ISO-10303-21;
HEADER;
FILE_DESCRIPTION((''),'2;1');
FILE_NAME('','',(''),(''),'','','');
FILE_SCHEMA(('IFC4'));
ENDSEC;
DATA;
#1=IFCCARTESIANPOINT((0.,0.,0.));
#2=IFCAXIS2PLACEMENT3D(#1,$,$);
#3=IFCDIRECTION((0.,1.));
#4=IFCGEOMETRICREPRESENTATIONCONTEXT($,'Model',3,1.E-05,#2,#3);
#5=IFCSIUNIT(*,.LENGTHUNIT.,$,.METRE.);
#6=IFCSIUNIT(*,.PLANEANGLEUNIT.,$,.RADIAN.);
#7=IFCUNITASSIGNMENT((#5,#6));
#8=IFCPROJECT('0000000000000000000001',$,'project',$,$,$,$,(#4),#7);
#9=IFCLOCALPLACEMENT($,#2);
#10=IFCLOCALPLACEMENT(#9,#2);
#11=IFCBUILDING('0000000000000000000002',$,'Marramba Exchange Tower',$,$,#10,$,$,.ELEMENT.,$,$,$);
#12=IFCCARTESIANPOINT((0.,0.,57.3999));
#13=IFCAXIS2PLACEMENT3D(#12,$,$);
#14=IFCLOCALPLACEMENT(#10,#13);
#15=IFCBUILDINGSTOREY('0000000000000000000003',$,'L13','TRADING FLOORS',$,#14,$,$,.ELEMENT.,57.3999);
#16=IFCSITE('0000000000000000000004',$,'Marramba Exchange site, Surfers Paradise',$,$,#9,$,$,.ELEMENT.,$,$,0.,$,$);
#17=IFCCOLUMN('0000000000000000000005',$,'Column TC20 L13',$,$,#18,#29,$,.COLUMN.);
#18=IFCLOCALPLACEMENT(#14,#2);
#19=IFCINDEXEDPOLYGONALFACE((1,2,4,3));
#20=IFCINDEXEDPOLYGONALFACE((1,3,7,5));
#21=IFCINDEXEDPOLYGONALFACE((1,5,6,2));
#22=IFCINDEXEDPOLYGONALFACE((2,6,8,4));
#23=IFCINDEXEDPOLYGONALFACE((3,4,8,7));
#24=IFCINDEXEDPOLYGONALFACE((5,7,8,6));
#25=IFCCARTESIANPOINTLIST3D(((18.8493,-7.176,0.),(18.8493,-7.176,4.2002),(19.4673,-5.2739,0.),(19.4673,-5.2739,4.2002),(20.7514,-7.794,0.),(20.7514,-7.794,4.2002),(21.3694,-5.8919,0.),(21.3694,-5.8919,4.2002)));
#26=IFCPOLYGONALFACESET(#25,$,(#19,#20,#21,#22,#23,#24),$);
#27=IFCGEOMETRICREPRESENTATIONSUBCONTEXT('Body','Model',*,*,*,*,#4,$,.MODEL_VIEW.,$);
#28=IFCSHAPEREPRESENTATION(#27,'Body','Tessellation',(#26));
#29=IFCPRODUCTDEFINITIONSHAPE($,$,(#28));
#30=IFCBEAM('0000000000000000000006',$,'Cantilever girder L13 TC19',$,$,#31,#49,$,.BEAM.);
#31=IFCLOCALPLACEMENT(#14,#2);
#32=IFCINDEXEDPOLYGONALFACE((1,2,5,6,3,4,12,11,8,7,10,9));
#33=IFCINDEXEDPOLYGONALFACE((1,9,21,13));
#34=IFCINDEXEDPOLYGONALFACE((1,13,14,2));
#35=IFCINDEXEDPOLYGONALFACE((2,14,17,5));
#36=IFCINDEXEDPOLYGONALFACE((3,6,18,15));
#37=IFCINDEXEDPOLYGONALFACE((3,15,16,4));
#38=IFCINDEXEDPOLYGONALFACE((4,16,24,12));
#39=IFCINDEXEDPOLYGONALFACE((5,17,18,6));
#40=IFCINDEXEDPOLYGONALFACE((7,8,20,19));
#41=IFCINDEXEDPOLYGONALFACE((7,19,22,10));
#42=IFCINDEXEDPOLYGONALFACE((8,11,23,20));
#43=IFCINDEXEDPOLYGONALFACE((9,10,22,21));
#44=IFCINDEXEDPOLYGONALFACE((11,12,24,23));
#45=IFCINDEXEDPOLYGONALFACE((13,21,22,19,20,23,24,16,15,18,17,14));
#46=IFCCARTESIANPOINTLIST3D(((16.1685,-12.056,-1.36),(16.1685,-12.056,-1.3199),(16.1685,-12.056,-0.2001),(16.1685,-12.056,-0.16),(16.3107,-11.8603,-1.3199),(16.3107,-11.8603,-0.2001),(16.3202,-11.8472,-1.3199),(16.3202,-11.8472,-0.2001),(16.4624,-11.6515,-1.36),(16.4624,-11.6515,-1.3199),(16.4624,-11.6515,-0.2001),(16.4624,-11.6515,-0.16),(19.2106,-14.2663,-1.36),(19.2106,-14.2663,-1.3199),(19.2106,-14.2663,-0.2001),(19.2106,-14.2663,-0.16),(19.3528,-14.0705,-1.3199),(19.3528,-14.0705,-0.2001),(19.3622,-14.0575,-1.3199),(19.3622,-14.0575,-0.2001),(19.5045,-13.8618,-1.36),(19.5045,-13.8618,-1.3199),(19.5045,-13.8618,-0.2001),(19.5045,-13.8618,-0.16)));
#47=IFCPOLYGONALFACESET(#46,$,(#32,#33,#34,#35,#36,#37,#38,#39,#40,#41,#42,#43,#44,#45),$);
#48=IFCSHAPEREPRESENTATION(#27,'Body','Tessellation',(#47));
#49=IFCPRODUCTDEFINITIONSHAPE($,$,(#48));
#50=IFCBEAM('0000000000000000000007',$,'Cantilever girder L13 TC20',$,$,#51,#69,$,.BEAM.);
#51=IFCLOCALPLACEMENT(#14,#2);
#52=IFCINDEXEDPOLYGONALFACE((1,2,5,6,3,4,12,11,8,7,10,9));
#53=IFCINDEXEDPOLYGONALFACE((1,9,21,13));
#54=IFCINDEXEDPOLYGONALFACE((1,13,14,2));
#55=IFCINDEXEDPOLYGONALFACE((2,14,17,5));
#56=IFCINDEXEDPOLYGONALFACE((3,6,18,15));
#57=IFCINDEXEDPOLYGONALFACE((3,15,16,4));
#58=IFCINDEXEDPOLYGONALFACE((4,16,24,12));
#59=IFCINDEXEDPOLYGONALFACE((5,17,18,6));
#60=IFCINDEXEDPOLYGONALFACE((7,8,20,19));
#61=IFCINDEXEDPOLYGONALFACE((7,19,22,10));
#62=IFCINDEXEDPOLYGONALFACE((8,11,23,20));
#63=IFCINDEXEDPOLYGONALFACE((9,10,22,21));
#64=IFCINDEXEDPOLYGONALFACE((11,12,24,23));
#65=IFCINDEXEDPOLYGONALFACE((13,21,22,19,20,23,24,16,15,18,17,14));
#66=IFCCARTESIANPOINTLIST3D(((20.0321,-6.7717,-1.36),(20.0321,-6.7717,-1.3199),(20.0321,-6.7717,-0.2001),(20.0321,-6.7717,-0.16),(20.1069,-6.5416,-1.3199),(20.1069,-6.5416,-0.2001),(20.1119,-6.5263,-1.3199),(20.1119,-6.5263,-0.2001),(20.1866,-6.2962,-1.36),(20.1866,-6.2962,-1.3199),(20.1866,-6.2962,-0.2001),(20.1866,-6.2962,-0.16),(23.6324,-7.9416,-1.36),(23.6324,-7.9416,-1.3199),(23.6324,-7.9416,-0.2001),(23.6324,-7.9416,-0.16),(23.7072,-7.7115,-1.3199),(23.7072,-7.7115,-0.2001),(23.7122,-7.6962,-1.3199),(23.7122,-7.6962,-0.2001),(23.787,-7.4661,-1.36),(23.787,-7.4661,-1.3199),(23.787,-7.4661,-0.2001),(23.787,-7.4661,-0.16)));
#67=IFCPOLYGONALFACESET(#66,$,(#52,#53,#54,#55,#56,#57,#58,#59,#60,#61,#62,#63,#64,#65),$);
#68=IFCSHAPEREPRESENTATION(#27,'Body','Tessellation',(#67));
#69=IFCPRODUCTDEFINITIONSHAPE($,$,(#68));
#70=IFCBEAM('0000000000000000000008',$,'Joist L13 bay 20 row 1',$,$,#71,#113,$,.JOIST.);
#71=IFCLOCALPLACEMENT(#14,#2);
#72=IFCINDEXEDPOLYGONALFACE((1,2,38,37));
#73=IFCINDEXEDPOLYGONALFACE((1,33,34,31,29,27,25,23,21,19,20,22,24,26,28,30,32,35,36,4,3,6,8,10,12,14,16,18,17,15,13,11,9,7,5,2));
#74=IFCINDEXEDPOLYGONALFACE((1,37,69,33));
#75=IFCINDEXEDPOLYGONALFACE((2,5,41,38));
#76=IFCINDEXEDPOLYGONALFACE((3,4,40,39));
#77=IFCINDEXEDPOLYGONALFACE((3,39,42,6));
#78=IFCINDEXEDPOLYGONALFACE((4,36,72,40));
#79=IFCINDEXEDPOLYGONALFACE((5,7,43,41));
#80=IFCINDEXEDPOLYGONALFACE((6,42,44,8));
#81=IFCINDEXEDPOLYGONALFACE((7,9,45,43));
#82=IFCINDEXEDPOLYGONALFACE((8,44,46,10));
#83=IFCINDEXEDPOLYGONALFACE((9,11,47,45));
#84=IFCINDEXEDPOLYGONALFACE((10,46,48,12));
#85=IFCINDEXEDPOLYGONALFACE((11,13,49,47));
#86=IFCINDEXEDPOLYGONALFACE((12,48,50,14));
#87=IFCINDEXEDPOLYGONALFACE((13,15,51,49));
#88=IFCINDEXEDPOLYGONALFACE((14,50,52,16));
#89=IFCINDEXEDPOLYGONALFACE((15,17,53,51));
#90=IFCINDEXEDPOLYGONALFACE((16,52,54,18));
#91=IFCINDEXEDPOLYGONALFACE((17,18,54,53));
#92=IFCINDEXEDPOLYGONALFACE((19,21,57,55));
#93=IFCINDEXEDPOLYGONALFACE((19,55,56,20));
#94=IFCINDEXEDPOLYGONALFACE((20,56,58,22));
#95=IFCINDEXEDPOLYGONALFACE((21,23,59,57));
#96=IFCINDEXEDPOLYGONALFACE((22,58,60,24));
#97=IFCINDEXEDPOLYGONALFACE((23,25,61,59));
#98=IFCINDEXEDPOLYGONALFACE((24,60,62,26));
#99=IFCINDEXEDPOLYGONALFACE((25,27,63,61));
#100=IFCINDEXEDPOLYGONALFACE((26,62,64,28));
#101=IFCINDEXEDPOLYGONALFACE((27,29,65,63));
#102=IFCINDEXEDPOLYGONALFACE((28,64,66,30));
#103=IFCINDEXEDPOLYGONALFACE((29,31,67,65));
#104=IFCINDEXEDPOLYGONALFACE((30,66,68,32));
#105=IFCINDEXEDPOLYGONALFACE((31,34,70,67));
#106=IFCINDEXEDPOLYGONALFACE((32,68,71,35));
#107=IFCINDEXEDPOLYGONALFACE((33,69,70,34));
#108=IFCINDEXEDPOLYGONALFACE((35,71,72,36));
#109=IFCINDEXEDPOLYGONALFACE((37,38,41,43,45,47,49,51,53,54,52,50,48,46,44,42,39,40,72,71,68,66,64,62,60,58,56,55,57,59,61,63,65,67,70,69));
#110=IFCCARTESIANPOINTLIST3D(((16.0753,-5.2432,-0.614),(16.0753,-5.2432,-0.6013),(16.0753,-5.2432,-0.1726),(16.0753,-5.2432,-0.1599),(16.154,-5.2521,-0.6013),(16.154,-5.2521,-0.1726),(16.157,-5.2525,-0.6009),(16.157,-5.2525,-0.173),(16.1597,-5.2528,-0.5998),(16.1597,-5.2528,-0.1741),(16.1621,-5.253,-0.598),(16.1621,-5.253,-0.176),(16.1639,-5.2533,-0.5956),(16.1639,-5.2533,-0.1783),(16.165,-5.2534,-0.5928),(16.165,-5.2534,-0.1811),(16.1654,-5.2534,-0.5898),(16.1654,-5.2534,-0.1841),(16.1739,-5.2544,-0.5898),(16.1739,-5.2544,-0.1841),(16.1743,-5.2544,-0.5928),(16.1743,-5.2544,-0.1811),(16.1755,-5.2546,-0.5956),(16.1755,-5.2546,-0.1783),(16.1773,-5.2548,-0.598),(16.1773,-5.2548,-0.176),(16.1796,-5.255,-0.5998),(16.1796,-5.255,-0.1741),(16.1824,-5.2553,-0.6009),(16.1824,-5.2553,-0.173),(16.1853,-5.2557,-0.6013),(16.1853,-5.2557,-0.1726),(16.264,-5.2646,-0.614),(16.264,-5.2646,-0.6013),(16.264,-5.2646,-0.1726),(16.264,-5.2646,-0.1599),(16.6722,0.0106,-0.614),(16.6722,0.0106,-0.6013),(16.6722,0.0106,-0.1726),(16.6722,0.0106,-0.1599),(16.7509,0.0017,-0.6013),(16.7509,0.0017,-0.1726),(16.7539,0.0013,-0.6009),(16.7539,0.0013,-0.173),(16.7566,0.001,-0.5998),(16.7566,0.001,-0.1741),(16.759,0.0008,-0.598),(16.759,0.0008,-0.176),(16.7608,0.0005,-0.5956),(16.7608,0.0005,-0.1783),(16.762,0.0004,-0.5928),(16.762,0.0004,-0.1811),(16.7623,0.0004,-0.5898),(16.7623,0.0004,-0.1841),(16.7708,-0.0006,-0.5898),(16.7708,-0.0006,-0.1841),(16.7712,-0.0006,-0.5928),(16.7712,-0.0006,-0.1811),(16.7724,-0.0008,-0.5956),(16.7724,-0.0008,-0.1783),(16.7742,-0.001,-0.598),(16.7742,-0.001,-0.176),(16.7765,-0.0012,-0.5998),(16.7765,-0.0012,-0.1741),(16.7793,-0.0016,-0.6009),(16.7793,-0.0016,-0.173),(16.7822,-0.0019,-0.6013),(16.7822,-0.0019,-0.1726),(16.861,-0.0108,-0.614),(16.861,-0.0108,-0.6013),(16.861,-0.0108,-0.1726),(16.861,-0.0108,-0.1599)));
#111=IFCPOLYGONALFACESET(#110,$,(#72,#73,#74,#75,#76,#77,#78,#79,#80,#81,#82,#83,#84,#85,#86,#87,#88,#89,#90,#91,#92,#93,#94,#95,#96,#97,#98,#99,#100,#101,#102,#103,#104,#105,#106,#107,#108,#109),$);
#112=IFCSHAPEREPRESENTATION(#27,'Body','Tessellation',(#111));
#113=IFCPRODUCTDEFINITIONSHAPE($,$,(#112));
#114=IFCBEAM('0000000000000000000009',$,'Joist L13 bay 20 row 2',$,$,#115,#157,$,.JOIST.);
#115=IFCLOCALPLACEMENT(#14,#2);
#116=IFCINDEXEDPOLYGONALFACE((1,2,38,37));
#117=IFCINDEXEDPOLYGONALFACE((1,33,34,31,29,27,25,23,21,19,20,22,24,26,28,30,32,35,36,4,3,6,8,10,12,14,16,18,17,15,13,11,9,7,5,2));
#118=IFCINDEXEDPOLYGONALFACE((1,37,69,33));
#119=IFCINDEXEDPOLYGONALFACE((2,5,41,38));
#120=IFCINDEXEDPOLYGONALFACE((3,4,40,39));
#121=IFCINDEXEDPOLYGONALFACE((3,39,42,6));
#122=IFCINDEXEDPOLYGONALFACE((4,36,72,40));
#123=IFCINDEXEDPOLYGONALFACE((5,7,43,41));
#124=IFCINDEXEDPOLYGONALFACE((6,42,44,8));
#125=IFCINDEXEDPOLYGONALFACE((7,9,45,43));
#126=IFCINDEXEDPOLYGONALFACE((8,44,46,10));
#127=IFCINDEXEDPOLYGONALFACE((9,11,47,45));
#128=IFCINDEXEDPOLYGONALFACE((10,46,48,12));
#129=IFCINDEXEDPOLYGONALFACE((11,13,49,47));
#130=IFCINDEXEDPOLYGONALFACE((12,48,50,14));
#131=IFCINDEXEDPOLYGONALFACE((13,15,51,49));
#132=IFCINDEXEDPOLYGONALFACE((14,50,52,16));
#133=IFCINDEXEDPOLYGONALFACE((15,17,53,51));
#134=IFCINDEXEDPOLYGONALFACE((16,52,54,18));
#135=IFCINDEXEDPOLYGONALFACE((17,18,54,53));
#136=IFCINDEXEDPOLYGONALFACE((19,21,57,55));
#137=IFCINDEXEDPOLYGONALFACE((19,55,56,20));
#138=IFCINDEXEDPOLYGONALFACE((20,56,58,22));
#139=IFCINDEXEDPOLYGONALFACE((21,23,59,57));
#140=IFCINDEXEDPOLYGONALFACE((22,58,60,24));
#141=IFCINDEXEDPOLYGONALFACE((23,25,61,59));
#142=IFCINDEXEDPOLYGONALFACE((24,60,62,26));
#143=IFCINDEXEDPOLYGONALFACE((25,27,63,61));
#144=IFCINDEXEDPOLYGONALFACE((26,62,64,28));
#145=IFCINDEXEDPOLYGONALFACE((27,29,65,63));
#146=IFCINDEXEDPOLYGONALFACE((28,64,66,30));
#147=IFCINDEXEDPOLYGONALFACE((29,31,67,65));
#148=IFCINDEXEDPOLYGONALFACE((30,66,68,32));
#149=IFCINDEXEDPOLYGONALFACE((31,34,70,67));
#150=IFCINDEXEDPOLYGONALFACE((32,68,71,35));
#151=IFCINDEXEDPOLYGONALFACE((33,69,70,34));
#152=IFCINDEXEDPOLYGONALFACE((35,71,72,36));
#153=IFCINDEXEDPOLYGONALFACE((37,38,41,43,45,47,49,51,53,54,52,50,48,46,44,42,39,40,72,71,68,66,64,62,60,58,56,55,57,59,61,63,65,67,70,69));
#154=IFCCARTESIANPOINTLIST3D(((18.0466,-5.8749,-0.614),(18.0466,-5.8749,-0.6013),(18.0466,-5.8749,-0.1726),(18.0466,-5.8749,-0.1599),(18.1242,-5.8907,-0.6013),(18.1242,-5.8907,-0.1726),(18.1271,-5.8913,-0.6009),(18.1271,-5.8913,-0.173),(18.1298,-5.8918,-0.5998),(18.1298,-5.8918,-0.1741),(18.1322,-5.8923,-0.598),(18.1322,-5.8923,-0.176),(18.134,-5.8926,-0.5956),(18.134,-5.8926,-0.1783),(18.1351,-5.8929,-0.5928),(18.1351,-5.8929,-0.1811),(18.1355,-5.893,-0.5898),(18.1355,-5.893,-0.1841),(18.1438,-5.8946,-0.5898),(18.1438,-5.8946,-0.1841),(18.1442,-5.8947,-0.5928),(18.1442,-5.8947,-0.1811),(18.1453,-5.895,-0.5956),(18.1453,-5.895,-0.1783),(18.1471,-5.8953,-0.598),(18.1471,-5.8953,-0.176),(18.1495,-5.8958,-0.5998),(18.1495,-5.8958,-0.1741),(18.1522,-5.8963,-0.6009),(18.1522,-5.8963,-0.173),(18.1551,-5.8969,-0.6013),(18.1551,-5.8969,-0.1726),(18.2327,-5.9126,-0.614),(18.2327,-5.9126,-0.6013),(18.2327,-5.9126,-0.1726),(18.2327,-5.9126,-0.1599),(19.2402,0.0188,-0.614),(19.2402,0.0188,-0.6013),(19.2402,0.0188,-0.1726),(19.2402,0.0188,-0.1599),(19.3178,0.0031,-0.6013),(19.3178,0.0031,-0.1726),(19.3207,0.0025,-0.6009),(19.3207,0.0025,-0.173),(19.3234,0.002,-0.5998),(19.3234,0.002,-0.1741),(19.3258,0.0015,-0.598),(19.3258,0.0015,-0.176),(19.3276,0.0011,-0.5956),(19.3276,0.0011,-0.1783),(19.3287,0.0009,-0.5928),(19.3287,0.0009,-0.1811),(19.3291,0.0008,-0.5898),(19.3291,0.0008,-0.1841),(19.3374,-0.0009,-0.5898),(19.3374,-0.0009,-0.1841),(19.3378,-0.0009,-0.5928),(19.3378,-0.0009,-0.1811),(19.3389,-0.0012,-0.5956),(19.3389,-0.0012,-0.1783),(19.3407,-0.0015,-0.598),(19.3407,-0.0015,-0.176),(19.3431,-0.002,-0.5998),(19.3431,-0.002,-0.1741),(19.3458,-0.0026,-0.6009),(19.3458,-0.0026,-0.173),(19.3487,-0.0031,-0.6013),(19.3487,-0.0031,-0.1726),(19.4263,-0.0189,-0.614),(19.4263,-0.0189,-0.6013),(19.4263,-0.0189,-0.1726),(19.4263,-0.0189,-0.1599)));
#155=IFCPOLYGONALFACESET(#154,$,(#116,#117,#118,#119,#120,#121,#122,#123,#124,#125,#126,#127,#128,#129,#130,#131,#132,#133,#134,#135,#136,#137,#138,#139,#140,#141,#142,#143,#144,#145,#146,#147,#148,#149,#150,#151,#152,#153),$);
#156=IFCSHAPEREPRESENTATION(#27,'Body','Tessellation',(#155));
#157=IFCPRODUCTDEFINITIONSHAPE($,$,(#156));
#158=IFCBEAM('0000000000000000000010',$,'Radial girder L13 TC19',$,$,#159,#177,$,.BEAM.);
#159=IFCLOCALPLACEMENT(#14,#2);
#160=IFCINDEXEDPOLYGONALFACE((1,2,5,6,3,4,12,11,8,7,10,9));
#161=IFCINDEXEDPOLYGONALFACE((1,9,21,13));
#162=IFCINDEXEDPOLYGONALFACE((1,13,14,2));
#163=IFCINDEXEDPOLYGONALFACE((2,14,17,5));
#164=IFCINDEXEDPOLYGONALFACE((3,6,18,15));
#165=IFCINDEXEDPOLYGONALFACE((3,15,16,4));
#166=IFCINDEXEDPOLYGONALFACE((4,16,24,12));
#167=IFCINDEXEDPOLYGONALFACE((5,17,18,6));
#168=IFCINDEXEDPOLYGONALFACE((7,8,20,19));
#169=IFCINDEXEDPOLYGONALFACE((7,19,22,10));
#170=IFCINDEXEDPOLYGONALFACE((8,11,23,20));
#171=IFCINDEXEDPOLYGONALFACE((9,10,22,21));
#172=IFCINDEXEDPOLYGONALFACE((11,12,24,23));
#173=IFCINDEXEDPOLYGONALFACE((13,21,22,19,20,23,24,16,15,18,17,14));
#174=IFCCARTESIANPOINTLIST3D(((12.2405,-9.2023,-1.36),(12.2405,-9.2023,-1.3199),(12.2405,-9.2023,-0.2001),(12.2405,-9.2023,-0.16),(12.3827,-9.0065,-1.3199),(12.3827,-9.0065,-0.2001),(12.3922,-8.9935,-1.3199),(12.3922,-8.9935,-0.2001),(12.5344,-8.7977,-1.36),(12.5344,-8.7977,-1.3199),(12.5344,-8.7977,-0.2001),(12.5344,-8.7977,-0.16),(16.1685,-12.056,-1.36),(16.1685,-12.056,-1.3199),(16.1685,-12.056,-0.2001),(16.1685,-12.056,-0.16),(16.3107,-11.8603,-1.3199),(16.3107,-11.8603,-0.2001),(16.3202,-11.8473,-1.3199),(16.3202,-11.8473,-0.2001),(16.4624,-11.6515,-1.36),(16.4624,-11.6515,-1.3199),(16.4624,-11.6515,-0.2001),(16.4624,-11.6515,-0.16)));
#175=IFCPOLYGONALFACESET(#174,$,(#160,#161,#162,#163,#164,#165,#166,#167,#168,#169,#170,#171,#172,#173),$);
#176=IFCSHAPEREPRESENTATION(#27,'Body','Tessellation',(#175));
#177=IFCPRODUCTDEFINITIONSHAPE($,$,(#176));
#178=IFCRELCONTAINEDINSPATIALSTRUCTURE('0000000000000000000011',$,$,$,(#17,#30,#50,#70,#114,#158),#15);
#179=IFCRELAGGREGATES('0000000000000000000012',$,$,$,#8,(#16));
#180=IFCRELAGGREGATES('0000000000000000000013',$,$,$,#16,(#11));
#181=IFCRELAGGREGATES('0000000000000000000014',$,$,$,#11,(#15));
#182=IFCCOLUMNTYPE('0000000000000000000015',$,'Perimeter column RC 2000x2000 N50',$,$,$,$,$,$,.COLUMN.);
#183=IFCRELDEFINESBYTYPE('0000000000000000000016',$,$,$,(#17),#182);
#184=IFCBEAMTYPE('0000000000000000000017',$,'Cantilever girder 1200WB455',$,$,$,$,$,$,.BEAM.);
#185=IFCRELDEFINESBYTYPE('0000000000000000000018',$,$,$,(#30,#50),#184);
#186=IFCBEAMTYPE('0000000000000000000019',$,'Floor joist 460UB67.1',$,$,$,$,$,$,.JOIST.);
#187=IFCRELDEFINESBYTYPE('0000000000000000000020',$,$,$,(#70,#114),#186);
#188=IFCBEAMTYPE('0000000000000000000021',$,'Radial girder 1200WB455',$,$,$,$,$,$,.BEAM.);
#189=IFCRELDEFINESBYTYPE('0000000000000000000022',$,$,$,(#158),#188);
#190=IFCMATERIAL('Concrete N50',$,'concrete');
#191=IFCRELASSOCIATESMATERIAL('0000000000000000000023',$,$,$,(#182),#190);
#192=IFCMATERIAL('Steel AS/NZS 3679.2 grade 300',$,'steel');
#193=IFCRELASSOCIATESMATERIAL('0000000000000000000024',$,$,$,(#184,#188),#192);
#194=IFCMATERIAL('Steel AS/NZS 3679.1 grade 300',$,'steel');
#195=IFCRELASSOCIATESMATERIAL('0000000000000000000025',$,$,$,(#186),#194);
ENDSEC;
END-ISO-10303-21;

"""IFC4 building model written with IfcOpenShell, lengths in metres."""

from ifc_helpers import new_model, si_unit, direction, frame, origin, origin_2d, place, context, subcontext, project, spatial, rectangle, i_section, extrude, material, material_profile, profile_set, type_object, element, save


model = new_model("IFC4")

# Units and contexts
model_context = context("Model", 3, precision=1e-05, world=origin(), true_north=direction((0.0, 1.0)))
body_context = subcontext(model_context, "Body", "Model", "MODEL_VIEW")
ifc_project = project(units=[si_unit("LENGTHUNIT", "METRE"), si_unit("PLANEANGLEUNIT", "RADIAN")], contexts=[model_context])

# Site, building, storey
site_placement = place(None, origin())
site = spatial("IfcSite", under=ifc_project, at=site_placement, Name="Marramba Exchange site, Surfers Paradise", CompositionType="ELEMENT", RefElevation=0.0)
building_placement = place(site_placement, origin())
building = spatial("IfcBuilding", under=site, at=building_placement, Name="Marramba Exchange Tower", CompositionType="ELEMENT")
storey_placement = place(building_placement, frame((0.0, 0.0, 57.3999)))
storey = spatial("IfcBuildingStorey", under=building, at=storey_placement, Name="L13", Description="TRADING FLOORS", CompositionType="ELEMENT", Elevation=57.3999)

# Column
ifc_material_1 = material(Name="Concrete N50", Category="concrete")
ifc_material_profile_1 = material_profile(ifc_material_1, rectangle(XDim=2.0, YDim=2.0, at=origin_2d()), Name="RC 2000x2000")
ifc_profile_set_1 = profile_set([ifc_material_profile_1], Name="Concrete N50")
column_type = type_object("IfcColumnType", Name="Perimeter column RC 2000x2000 N50", PredefinedType="COLUMN", material=ifc_profile_set_1)
column_placement = place(storey_placement, frame((20.1094, -6.5339, 0.0), z_axis=(0.0, 0.0, 1.0), x_axis=(0.951057, -0.309017, 0.0)))
element("IfcColumn", 1, at=column_placement, inside=storey, type_object=column_type, Name="Column TC20 L13", PredefinedType="COLUMN", context=body_context, shape_type="SweptSolid", body=[
    extrude(rectangle(XDim=2.0, YDim=2.0, at=origin_2d()), origin(), (0.0, 0.0, 1.0), 4.2002),
])

# Beams
ifc_material_2 = material(Name="Steel AS/NZS 3679.2 grade 300", Category="steel")
ifc_material_profile_2 = material_profile(ifc_material_2, i_section(OverallWidth=0.5, OverallDepth=1.2, WebThickness=0.0161, FlangeThickness=0.04, at=origin_2d()), Name="1200WB455")
ifc_profile_set_2 = profile_set([ifc_material_profile_2], Name="Steel AS/NZS 3679.2 grade 300")
beam_type_1 = type_object("IfcBeamType", Name="Cantilever girder 1200WB455", PredefinedType="BEAM", material=ifc_profile_set_2)
beam_1_placement = place(storey_placement, frame((16.3154, -11.8538, -0.76), z_axis=(0.809008, -0.587797, 0.0), x_axis=(0.587797, 0.809008, 0.0)))
element("IfcBeam", 2, at=beam_1_placement, inside=storey, type_object=beam_type_1, Name="Cantilever girder L13 TC19", PredefinedType="BEAM", context=body_context, shape_type="SweptSolid", body=[
    extrude(i_section(OverallWidth=0.5, OverallDepth=1.2, WebThickness=0.0161, FlangeThickness=0.04, at=origin_2d()), origin(), (0.0, 0.0, 1.0), 3.7603),
])
beam_2_placement = place(storey_placement, frame((20.1094, -6.5339, -0.76), z_axis=(0.951049, -0.309041, 0.0), x_axis=(0.309041, 0.951049, 0.0)))
element("IfcBeam", 3, at=beam_2_placement, inside=storey, type_object=beam_type_1, Name="Cantilever girder L13 TC20", PredefinedType="BEAM", context=body_context, shape_type="SweptSolid", body=[
    extrude(i_section(OverallWidth=0.5, OverallDepth=1.2, WebThickness=0.0161, FlangeThickness=0.04, at=origin_2d()), origin(), (0.0, 0.0, 1.0), 3.7856),
])
ifc_material_3 = material(Name="Steel AS/NZS 3679.1 grade 300", Category="steel")
ifc_material_profile_3 = material_profile(ifc_material_3, i_section(OverallWidth=0.1899, OverallDepth=0.4541, WebThickness=0.0085, FlangeThickness=0.0127, FilletRadius=0.0115, at=origin_2d()), Name="460UB67.1")
ifc_profile_set_3 = profile_set([ifc_material_profile_3], Name="Steel AS/NZS 3679.1 grade 300")
beam_type_2 = type_object("IfcBeamType", Name="Floor joist 460UB67.1", PredefinedType="JOIST", material=ifc_profile_set_3)
beam_3_placement = place(storey_placement, frame((16.1697, -5.2539, -0.387), z_axis=(0.112889, 0.993608, 0.0), x_axis=(-0.993608, 0.112889, 0.0)))
element("IfcBeam", 4, at=beam_3_placement, inside=storey, type_object=beam_type_2, Name="Joist L13 bay 20 row 1", PredefinedType="JOIST", context=body_context, shape_type="SweptSolid", body=[
    extrude(i_section(OverallWidth=0.1899, OverallDepth=0.4541, WebThickness=0.0085, FlangeThickness=0.0127, FilletRadius=0.0115, at=origin_2d()), origin(), (0.0, 0.0, 1.0), 5.2876),
])
beam_4_placement = place(storey_placement, frame((18.1396, -5.8938, -0.387), z_axis=(0.198489, 0.980103, 0.0), x_axis=(-0.980103, 0.198489, 0.0)))
element("IfcBeam", 5, at=beam_4_placement, inside=storey, type_object=beam_type_2, Name="Joist L13 bay 20 row 2", PredefinedType="JOIST", context=body_context, shape_type="SweptSolid", body=[
    extrude(i_section(OverallWidth=0.1899, OverallDepth=0.4541, WebThickness=0.0085, FlangeThickness=0.0127, FilletRadius=0.0115, at=origin_2d()), origin(), (0.0, 0.0, 1.0), 6.0134),
])
ifc_material_profile_4 = material_profile(ifc_material_2, i_section(OverallWidth=0.5, OverallDepth=1.2, WebThickness=0.0161, FlangeThickness=0.04, at=origin_2d()), Name="1200WB455")
ifc_profile_set_4 = profile_set([ifc_material_profile_4], Name="Steel AS/NZS 3679.2 grade 300")
beam_type_3 = type_object("IfcBeamType", Name="Radial girder 1200WB455", PredefinedType="BEAM", material=ifc_profile_set_4)
beam_5_placement = place(storey_placement, frame((12.3875, -9.0, -0.76), z_axis=(0.809025, -0.587774, 0.0), x_axis=(0.587774, 0.809025, 0.0)))
element("IfcBeam", 6, at=beam_5_placement, inside=storey, type_object=beam_type_3, Name="Radial girder L13 TC19", PredefinedType="BEAM", context=body_context, shape_type="SweptSolid", body=[
    extrude(i_section(OverallWidth=0.5, OverallDepth=1.2, WebThickness=0.0161, FlangeThickness=0.04, at=origin_2d()), origin(), (0.0, 0.0, 1.0), 4.8552),
])

save(model, "model.ifc")
